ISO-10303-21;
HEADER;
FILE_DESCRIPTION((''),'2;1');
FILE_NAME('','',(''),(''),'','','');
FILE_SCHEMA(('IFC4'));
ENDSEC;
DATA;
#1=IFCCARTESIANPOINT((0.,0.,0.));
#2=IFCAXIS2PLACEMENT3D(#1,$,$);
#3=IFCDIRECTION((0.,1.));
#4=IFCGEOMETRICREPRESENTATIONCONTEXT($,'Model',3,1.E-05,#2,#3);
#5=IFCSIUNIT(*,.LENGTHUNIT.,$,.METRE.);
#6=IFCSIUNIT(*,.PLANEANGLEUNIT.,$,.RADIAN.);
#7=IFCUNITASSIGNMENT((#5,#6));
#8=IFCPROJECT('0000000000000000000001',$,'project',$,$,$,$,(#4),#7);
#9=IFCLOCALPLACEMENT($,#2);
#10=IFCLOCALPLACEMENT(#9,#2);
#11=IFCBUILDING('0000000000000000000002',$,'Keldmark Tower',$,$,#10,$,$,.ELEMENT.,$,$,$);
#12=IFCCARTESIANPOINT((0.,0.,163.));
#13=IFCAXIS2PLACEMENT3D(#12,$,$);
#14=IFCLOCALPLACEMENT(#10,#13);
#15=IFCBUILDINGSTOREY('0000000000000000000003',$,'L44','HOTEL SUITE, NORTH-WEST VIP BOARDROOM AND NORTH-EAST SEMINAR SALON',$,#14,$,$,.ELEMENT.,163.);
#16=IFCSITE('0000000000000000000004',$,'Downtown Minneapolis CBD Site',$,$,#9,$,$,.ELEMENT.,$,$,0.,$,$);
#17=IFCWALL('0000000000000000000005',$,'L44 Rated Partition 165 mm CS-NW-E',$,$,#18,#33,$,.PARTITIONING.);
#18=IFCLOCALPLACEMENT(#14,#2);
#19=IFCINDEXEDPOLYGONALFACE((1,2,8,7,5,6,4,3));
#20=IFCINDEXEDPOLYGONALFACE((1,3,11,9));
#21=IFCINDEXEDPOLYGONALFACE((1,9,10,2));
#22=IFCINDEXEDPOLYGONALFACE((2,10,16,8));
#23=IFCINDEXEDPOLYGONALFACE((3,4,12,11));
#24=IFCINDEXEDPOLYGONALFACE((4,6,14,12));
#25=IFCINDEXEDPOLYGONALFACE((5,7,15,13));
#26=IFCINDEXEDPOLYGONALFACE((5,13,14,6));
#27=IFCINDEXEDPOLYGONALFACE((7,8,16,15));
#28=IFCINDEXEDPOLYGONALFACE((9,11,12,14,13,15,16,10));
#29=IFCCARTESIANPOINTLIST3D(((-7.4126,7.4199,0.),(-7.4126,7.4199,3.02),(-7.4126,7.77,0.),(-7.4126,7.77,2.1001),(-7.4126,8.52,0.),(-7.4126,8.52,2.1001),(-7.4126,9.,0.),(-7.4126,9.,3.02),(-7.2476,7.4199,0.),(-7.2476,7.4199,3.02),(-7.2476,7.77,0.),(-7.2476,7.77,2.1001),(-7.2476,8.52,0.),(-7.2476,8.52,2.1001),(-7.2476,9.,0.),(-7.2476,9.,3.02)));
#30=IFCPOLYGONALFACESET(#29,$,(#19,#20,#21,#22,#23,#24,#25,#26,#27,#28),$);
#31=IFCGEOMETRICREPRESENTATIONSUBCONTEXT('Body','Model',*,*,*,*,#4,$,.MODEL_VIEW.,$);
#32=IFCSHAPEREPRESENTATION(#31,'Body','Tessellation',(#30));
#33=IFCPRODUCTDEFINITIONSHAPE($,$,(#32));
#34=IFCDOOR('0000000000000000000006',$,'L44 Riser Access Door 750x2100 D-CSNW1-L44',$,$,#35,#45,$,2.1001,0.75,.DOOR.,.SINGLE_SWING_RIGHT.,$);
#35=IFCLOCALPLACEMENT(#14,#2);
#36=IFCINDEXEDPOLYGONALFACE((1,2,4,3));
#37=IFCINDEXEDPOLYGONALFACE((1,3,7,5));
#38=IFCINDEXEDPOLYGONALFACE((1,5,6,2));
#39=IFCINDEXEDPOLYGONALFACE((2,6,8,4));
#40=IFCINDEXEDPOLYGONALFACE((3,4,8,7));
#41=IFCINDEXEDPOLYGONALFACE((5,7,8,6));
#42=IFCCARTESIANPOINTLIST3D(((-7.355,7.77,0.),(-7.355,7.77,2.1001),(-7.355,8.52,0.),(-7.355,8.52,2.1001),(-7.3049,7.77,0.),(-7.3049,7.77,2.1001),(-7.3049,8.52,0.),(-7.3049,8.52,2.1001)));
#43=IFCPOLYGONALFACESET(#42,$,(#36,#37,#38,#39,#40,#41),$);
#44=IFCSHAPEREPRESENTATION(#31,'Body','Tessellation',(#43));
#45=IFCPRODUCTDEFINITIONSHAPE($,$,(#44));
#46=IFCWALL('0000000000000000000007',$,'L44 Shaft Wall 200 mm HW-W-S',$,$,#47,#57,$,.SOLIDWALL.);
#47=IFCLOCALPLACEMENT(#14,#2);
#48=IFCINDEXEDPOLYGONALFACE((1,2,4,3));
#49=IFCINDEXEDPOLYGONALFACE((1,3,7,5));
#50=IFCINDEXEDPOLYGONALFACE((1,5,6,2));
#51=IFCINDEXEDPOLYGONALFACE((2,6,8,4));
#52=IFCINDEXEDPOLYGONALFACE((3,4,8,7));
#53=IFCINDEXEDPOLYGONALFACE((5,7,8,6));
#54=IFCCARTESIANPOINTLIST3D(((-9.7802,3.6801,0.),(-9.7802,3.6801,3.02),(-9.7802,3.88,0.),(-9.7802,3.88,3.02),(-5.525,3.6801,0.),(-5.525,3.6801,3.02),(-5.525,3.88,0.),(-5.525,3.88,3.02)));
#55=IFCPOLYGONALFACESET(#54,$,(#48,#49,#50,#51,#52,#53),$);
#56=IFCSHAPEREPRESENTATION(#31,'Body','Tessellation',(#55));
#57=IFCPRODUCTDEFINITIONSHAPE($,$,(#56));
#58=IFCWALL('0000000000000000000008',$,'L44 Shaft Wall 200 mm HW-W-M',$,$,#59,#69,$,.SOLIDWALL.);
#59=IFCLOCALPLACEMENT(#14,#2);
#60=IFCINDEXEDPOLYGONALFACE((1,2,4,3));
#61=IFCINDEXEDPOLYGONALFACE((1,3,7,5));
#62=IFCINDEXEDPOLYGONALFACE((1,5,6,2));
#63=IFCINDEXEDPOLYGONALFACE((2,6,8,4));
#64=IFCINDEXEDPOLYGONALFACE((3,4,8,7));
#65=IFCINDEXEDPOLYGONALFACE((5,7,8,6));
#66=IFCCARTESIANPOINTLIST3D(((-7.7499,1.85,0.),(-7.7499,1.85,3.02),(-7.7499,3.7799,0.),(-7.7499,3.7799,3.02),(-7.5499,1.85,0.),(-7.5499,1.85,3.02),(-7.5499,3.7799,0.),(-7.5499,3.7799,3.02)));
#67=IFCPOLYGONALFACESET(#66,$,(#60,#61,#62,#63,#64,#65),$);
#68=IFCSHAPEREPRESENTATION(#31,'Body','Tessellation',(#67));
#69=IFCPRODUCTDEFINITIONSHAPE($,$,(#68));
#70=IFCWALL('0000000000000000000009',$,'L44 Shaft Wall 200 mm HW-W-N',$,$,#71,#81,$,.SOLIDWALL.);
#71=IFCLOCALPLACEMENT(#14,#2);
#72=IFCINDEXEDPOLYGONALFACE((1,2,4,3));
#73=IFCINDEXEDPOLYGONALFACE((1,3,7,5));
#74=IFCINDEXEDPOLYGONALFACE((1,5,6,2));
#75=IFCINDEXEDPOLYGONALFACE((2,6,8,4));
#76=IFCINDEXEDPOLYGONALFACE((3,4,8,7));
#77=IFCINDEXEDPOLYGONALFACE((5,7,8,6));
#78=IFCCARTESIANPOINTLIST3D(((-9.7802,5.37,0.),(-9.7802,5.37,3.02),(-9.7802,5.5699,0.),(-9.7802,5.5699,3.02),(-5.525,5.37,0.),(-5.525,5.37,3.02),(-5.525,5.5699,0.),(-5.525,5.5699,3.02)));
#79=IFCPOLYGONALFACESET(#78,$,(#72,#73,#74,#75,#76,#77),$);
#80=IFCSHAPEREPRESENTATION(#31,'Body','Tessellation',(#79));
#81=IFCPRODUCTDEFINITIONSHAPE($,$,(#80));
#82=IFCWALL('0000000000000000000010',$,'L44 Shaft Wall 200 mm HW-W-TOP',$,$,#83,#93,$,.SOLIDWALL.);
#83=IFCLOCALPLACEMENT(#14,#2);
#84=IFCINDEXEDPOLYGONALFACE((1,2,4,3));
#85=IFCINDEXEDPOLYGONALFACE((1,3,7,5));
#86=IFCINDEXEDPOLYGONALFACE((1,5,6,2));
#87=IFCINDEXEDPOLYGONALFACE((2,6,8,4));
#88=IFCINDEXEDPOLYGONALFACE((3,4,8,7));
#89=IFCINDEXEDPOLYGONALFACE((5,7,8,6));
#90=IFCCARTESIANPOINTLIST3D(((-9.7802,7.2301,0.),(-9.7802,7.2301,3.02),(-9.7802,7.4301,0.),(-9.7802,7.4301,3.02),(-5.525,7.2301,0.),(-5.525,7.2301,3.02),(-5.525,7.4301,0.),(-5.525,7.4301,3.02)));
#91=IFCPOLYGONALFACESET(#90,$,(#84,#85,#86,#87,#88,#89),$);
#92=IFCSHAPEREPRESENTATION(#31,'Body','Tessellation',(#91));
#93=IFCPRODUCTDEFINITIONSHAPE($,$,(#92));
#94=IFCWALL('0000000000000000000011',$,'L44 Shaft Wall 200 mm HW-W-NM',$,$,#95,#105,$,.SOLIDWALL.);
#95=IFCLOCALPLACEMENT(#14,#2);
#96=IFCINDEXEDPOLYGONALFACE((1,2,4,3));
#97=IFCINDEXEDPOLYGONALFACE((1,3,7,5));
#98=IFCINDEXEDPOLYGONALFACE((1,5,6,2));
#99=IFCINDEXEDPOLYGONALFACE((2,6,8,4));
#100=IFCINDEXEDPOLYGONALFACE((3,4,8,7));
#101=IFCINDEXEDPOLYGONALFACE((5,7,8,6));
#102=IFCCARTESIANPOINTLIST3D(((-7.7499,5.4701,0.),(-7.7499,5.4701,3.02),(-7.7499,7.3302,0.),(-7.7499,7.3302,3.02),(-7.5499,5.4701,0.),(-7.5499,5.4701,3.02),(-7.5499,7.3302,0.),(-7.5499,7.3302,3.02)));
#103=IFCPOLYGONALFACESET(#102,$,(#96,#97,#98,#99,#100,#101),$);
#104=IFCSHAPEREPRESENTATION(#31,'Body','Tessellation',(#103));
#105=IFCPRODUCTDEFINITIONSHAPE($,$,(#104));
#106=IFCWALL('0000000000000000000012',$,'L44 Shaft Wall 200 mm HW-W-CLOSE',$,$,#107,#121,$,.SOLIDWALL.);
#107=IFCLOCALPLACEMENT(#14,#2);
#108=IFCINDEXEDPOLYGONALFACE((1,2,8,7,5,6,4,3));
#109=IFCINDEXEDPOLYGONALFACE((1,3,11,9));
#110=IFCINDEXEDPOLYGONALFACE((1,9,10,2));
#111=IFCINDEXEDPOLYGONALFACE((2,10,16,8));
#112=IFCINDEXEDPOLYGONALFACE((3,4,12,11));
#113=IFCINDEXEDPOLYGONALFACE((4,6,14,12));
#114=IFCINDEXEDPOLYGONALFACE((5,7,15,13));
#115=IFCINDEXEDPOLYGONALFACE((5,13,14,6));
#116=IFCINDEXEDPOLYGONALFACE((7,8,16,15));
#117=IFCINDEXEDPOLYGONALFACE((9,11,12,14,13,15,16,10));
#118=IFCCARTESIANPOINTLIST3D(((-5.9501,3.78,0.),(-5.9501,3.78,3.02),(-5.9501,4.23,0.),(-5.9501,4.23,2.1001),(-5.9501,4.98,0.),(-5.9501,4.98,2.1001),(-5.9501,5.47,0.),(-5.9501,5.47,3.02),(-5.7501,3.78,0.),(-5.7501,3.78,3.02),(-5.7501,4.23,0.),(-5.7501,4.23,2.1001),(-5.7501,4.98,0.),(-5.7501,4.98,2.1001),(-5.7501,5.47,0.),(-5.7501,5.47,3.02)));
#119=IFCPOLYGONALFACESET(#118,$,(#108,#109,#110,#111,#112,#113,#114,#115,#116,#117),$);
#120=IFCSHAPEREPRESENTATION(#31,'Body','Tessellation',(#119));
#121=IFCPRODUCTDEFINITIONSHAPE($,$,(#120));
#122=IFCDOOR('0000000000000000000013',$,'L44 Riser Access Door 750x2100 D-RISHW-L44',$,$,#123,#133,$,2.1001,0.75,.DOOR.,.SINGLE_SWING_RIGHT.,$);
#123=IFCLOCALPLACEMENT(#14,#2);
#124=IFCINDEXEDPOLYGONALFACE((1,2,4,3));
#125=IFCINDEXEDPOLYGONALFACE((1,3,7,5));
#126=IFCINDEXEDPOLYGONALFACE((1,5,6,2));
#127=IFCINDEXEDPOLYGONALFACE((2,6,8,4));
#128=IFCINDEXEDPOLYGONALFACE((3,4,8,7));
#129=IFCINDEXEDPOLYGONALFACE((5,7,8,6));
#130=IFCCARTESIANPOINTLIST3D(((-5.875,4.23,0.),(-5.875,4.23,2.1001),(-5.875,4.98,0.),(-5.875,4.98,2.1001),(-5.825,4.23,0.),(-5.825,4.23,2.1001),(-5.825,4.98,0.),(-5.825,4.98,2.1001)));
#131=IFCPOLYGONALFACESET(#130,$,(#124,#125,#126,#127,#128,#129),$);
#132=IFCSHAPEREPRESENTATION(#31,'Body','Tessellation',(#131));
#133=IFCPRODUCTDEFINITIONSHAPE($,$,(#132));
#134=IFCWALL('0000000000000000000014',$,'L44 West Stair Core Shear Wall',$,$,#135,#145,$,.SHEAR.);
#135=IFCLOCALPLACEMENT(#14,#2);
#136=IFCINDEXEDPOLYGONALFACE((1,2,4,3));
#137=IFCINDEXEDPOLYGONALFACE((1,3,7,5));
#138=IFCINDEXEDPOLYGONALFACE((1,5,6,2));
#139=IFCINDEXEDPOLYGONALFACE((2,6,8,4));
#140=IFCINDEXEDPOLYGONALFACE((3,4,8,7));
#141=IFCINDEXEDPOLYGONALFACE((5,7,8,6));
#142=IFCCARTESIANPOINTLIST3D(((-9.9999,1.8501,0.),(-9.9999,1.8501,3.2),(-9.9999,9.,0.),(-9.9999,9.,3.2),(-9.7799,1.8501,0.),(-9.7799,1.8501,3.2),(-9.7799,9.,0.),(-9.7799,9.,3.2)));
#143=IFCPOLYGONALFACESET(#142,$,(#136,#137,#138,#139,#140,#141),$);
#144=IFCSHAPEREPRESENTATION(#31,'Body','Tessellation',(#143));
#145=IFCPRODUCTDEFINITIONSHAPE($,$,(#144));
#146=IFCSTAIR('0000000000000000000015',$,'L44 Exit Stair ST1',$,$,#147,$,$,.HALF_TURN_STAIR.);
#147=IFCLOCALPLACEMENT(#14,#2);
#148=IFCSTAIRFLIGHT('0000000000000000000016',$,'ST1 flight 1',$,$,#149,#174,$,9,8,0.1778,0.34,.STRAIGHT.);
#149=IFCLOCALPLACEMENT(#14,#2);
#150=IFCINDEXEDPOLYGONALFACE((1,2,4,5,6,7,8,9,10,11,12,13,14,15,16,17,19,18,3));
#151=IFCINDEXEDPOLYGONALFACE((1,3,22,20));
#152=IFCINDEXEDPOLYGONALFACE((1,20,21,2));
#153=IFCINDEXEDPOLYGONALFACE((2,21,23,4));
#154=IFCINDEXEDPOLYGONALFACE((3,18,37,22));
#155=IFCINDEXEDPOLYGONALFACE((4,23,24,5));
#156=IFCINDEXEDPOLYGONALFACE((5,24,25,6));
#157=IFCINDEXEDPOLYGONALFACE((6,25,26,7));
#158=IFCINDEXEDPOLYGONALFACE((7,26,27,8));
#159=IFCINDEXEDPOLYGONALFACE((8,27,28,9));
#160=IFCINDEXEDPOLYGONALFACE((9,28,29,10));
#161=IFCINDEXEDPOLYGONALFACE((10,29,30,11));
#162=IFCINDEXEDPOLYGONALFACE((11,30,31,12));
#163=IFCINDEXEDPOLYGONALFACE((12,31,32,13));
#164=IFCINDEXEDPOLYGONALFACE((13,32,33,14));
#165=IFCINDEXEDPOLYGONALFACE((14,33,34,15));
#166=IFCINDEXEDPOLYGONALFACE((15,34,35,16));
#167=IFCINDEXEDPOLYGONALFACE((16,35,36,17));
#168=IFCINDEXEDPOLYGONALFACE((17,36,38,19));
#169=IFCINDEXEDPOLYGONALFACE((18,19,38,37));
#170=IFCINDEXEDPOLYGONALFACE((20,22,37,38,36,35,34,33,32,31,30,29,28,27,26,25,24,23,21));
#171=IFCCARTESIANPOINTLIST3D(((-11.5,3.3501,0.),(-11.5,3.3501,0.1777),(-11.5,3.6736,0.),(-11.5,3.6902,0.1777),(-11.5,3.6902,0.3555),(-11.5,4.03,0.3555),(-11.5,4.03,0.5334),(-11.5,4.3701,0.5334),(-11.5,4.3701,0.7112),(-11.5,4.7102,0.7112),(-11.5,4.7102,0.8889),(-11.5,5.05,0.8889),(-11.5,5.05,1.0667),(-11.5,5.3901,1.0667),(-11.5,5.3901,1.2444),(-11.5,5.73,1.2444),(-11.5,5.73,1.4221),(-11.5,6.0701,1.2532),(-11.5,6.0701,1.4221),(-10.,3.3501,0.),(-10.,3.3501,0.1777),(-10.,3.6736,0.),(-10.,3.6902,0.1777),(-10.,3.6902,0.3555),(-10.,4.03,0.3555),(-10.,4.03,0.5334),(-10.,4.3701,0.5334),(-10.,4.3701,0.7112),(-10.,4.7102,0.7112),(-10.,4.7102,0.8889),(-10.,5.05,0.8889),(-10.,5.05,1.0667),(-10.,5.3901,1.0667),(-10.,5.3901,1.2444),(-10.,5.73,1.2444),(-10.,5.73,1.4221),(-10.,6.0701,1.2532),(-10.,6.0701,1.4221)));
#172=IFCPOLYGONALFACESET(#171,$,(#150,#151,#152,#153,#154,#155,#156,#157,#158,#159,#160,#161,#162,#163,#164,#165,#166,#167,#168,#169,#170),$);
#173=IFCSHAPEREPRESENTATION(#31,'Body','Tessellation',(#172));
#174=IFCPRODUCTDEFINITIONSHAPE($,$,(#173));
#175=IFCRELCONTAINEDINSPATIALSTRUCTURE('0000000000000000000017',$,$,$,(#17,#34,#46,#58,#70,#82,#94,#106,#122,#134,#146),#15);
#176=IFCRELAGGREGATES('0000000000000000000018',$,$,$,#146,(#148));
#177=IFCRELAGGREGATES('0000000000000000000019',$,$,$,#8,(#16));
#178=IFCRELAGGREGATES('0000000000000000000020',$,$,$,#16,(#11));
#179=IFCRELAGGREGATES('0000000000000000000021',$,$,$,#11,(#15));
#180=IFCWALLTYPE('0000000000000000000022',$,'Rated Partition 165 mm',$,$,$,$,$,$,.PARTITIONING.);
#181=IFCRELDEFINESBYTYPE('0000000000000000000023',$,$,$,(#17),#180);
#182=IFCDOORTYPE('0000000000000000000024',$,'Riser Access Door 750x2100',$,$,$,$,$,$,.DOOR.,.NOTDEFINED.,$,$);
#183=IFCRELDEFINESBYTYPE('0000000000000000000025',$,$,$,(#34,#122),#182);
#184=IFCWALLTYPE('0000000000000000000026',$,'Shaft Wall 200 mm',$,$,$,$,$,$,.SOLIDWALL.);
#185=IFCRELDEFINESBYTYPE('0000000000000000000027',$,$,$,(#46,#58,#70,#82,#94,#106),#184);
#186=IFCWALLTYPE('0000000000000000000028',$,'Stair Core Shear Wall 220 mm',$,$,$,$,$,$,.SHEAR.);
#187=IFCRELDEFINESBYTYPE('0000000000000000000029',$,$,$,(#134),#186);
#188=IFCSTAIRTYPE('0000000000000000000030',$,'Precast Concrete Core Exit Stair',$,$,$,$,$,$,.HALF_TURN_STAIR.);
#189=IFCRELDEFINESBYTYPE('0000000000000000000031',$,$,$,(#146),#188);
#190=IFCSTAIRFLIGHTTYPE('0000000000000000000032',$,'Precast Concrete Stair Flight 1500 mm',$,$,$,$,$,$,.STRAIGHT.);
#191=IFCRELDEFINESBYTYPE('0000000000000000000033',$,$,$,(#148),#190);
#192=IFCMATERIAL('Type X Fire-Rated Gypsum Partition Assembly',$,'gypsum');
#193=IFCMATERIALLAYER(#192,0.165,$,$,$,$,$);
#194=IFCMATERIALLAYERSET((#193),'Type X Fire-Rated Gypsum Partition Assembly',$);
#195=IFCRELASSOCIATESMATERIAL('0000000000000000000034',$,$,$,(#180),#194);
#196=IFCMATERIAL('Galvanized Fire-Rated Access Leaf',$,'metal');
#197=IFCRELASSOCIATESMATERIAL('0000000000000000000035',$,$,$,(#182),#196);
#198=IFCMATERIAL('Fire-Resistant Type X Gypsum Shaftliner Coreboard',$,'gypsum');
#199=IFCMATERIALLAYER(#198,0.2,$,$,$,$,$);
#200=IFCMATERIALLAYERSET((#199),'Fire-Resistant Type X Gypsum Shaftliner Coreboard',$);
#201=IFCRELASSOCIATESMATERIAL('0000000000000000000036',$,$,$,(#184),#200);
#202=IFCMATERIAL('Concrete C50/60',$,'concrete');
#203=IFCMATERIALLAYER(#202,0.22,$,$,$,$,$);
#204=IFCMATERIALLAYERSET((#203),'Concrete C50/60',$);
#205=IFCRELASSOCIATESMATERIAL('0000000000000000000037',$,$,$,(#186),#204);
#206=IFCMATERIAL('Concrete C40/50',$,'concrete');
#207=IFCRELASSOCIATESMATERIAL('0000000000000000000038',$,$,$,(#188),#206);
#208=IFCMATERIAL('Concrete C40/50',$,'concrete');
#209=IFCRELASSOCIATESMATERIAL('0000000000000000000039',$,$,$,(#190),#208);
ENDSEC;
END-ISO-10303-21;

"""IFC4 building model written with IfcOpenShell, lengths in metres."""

from ifc_helpers import new_model, si_unit, direction, frame, frame_2d, origin, place, context, subcontext, project, spatial, polyline, rectangle, outline, extrude, material, layer, layer_set, type_object, element, fill, aggregate, save


model = new_model("IFC4")

# Units and contexts
model_context = context("Model", 3, precision=1e-05, world=origin(), true_north=direction((0.0, 1.0)))
body_context = subcontext(model_context, "Body", "Model", "MODEL_VIEW")
ifc_project = project(units=[si_unit("LENGTHUNIT", "METRE"), si_unit("PLANEANGLEUNIT", "RADIAN")], contexts=[model_context])

# Site, building, storey
site_placement = place(None, origin())
site = spatial("IfcSite", under=ifc_project, at=site_placement, Name="Downtown Minneapolis CBD Site", CompositionType="ELEMENT", RefElevation=0.0)
building_placement = place(site_placement, origin())
building = spatial("IfcBuilding", under=site, at=building_placement, Name="Keldmark Tower", CompositionType="ELEMENT")
storey_placement = place(building_placement, frame((0.0, 0.0, 163.0)))
storey = spatial("IfcBuildingStorey", under=building, at=storey_placement, Name="L44", Description="HOTEL SUITE, NORTH-WEST VIP BOARDROOM AND NORTH-EAST SEMINAR SALON", CompositionType="ELEMENT", Elevation=163.0)

# Wall, opening, door
ifc_material_1 = material(Name="Type X Fire-Rated Gypsum Partition Assembly", Category="gypsum")
ifc_layer_1 = layer(ifc_material_1, 0.165)
ifc_layer_set_1 = layer_set([ifc_layer_1], Name="Type X Fire-Rated Gypsum Partition Assembly")
wall_type_1 = type_object("IfcWallType", Name="Rated Partition 165 mm", PredefinedType="PARTITIONING", material=ifc_layer_set_1)
wall_1_placement = place(storey_placement, frame((-7.3301, 7.4199, 0.0), z_axis=(0.0, 0.0, 1.0), x_axis=(0.0, 1.0, 0.0)))
wall_1 = element("IfcWall", 1, at=wall_1_placement, inside=storey, type_object=wall_type_1, Name="L44 Rated Partition 165 mm CS-NW-E", PredefinedType="PARTITIONING", context=body_context, shape_type="SweptSolid", body=[
    extrude(rectangle(XDim=1.5801, YDim=0.165, at=frame_2d((0.79, 0.0))), origin(), (0.0, 0.0, 1.0), 3.02),
])
opening_1_placement = place(wall_1_placement, frame((0.3501, 0.0, 0.0)))
opening_1 = element("IfcOpeningElement", 2, at=opening_1_placement, cuts=wall_1, PredefinedType="OPENING", context=body_context, shape_type="SweptSolid", body=[
    extrude(rectangle(XDim=0.75, YDim=2.1001, at=frame_2d((0.375, 1.05))), frame((0.0, 0.0925, 0.0), z_axis=(0.0, -1.0, 0.0), x_axis=(1.0, 0.0, 0.0)), (0.0, 0.0, 1.0), 0.1851),
])
ifc_material_2 = material(Name="Galvanized Fire-Rated Access Leaf", Category="metal")
door_type = type_object("IfcDoorType", Name="Riser Access Door 750x2100", OperationType="NOTDEFINED", PredefinedType="DOOR", material=ifc_material_2)
door_1_placement = place(opening_1_placement, origin())
door_1 = element("IfcDoor", 3, at=door_1_placement, inside=storey, type_object=door_type, Name="L44 Riser Access Door 750x2100 D-CSNW1-L44", OperationType="SINGLE_SWING_RIGHT", OverallHeight=2.1001, OverallWidth=0.75, PredefinedType="DOOR", context=body_context, shape_type="SweptSolid", body=[
    extrude(rectangle(XDim=0.75, YDim=2.1001, at=frame_2d((0.375, 1.05))), frame((0.0, 0.0249, 0.0), z_axis=(0.0, -1.0, 0.0), x_axis=(1.0, 0.0, 0.0)), (0.0, 0.0, 1.0), 0.05),
])
fill(opening_1, door_1)

# Walls
ifc_material_3 = material(Name="Fire-Resistant Type X Gypsum Shaftliner Coreboard", Category="gypsum")
ifc_layer_2 = layer(ifc_material_3, 0.2)
ifc_layer_set_2 = layer_set([ifc_layer_2], Name="Fire-Resistant Type X Gypsum Shaftliner Coreboard")
wall_type_2 = type_object("IfcWallType", Name="Shaft Wall 200 mm", PredefinedType="SOLIDWALL", material=ifc_layer_set_2)
wall_2_placement = place(storey_placement, frame((-9.78, 3.78, 0.0), z_axis=(0.0, 0.0, 1.0), x_axis=(1.0, 0.0, 0.0)))
element("IfcWall", 4, at=wall_2_placement, inside=storey, type_object=wall_type_2, Name="L44 Shaft Wall 200 mm HW-W-S", PredefinedType="SOLIDWALL", context=body_context, shape_type="SweptSolid", body=[
    extrude(rectangle(XDim=4.2551, YDim=0.2, at=frame_2d((2.1274, 0.0))), origin(), (0.0, 0.0, 1.0), 3.02),
])
wall_3_placement = place(storey_placement, frame((-7.6499, 1.8501, 0.0), z_axis=(0.0, 0.0, 1.0), x_axis=(0.0, 1.0, 0.0)))
element("IfcWall", 5, at=wall_3_placement, inside=storey, type_object=wall_type_2, Name="L44 Shaft Wall 200 mm HW-W-M", PredefinedType="SOLIDWALL", context=body_context, shape_type="SweptSolid", body=[
    extrude(rectangle(XDim=1.9299, YDim=0.2, at=frame_2d((0.9648, 0.0))), origin(), (0.0, 0.0, 1.0), 3.02),
])
for number, where, z_axis, x_axis, name in (
    (6, (-9.78, 5.47, 0.0), (0.0, 0.0, 1.0), (1.0, 0.0, 0.0), "L44 Shaft Wall 200 mm HW-W-N"),
    (7, (-9.78, 7.3301, 0.0), (0.0, 0.0, 1.0), (1.0, 0.0, 0.0), "L44 Shaft Wall 200 mm HW-W-TOP"),
):
    element("IfcWall", number, at=place(storey_placement, frame(where, z_axis=z_axis, x_axis=x_axis)), inside=storey, type_object=wall_type_2, Name=name, PredefinedType="SOLIDWALL", context=body_context, shape_type="SweptSolid", body=[
        extrude(rectangle(XDim=4.2551, YDim=0.2, at=frame_2d((2.1274, 0.0))), origin(), (0.0, 0.0, 1.0), 3.02),
    ])
wall_4_placement = place(storey_placement, frame((-7.6499, 5.47, 0.0), z_axis=(0.0, 0.0, 1.0), x_axis=(0.0, 1.0, 0.0)))
element("IfcWall", 8, at=wall_4_placement, inside=storey, type_object=wall_type_2, Name="L44 Shaft Wall 200 mm HW-W-NM", PredefinedType="SOLIDWALL", context=body_context, shape_type="SweptSolid", body=[
    extrude(rectangle(XDim=1.8601, YDim=0.2, at=frame_2d((0.9302, 0.0))), origin(), (0.0, 0.0, 1.0), 3.02),
])

# Wall, opening, door
wall_5_placement = place(storey_placement, frame((-5.8501, 3.78, 0.0), z_axis=(0.0, 0.0, 1.0), x_axis=(0.0, 1.0, 0.0)))
wall_5 = element("IfcWall", 9, at=wall_5_placement, inside=storey, type_object=wall_type_2, Name="L44 Shaft Wall 200 mm HW-W-CLOSE", PredefinedType="SOLIDWALL", context=body_context, shape_type="SweptSolid", body=[
    extrude(rectangle(XDim=1.6899, YDim=0.2, at=frame_2d((0.845, 0.0))), origin(), (0.0, 0.0, 1.0), 3.02),
])
opening_2_placement = place(wall_5_placement, frame((0.45, 0.0, 0.0)))
opening_2 = element("IfcOpeningElement", 10, at=opening_2_placement, cuts=wall_5, PredefinedType="OPENING", context=body_context, shape_type="SweptSolid", body=[
    extrude(rectangle(XDim=0.75, YDim=2.1001, at=frame_2d((0.375, 1.05))), frame((0.0, 0.1099, 0.0), z_axis=(0.0, -1.0, 0.0), x_axis=(1.0, 0.0, 0.0)), (0.0, 0.0, 1.0), 0.22),
])
door_2_placement = place(opening_2_placement, origin())
door_2 = element("IfcDoor", 11, at=door_2_placement, inside=storey, type_object=door_type, Name="L44 Riser Access Door 750x2100 D-RISHW-L44", OperationType="SINGLE_SWING_RIGHT", OverallHeight=2.1001, OverallWidth=0.75, PredefinedType="DOOR", context=body_context, shape_type="SweptSolid", body=[
    extrude(rectangle(XDim=0.75, YDim=2.1001, at=frame_2d((0.375, 1.05))), frame((0.0, 0.0249, 0.0), z_axis=(0.0, -1.0, 0.0), x_axis=(1.0, 0.0, 0.0)), (0.0, 0.0, 1.0), 0.05),
])
fill(opening_2, door_2)

# Wall
ifc_material_4 = material(Name="Concrete C50/60", Category="concrete")
ifc_layer_3 = layer(ifc_material_4, 0.22)
ifc_layer_set_3 = layer_set([ifc_layer_3], Name="Concrete C50/60")
wall_type_3 = type_object("IfcWallType", Name="Stair Core Shear Wall 220 mm", PredefinedType="SHEAR", material=ifc_layer_set_3)
wall_6_placement = place(storey_placement, frame((-9.8899, 1.8501, 0.0), z_axis=(0.0, 0.0, 1.0), x_axis=(0.0, 1.0, 0.0)))
element("IfcWall", 12, at=wall_6_placement, inside=storey, type_object=wall_type_3, Name="L44 West Stair Core Shear Wall", PredefinedType="SHEAR", context=body_context, shape_type="SweptSolid", body=[
    extrude(rectangle(XDim=7.1499, YDim=0.22, at=frame_2d((3.575, 0.0))), origin(), (0.0, 0.0, 1.0), 3.2),
])

# Stair, stair flight
ifc_material_5 = material(Name="Concrete C40/50", Category="concrete")
stair_type = type_object("IfcStairType", Name="Precast Concrete Core Exit Stair", PredefinedType="HALF_TURN_STAIR", material=ifc_material_5)
stair_placement = place(storey_placement, origin())
stair = element("IfcStair", 13, at=stair_placement, inside=storey, type_object=stair_type, Name="L44 Exit Stair ST1", PredefinedType="HALF_TURN_STAIR")
ifc_material_6 = material(Name="Concrete C40/50", Category="concrete")
stair_flight_type = type_object("IfcStairFlightType", Name="Precast Concrete Stair Flight 1500 mm", PredefinedType="STRAIGHT", material=ifc_material_6)
stair_flight_placement = place(storey_placement, frame((-10.75, 3.3501, 0.0), z_axis=(0.0, 0.0, 1.0), x_axis=(0.0, 1.0, 0.0)))
stair_flight = element("IfcStairFlight", 14, at=stair_flight_placement, type_object=stair_flight_type, Name="ST1 flight 1", NumberOfRisers=9, NumberOfTreads=8, PredefinedType="STRAIGHT", RiserHeight=0.1778, TreadLength=0.34, context=body_context, shape_type="SweptSolid", body=[
    extrude(outline(polyline([(0.0, 0.0), (0.0, 0.1777), (0.3401, 0.1777), (0.3401, 0.3555), (0.6799, 0.3555), (0.6799, 0.5334), (1.02, 0.5334), (1.02, 0.7112), (1.3601, 0.7112), (1.3601, 0.8889), (1.7, 0.8889), (1.7, 1.0667), (2.04, 1.0667), (2.04, 1.2444), (2.3799, 1.2444), (2.3799, 1.4221), (2.72, 1.4221), (2.72, 1.6001), (2.72, 1.2532), (0.3235, 0.0), (0.0, 0.0)])), frame((0.0, 0.75, 0.0), z_axis=(0.0, -1.0, 0.0), x_axis=(1.0, 0.0, 0.0)), (0.0, 0.0, 1.0), 1.5),
])
aggregate(stair, [stair_flight])

save(model, "model.ifc")
